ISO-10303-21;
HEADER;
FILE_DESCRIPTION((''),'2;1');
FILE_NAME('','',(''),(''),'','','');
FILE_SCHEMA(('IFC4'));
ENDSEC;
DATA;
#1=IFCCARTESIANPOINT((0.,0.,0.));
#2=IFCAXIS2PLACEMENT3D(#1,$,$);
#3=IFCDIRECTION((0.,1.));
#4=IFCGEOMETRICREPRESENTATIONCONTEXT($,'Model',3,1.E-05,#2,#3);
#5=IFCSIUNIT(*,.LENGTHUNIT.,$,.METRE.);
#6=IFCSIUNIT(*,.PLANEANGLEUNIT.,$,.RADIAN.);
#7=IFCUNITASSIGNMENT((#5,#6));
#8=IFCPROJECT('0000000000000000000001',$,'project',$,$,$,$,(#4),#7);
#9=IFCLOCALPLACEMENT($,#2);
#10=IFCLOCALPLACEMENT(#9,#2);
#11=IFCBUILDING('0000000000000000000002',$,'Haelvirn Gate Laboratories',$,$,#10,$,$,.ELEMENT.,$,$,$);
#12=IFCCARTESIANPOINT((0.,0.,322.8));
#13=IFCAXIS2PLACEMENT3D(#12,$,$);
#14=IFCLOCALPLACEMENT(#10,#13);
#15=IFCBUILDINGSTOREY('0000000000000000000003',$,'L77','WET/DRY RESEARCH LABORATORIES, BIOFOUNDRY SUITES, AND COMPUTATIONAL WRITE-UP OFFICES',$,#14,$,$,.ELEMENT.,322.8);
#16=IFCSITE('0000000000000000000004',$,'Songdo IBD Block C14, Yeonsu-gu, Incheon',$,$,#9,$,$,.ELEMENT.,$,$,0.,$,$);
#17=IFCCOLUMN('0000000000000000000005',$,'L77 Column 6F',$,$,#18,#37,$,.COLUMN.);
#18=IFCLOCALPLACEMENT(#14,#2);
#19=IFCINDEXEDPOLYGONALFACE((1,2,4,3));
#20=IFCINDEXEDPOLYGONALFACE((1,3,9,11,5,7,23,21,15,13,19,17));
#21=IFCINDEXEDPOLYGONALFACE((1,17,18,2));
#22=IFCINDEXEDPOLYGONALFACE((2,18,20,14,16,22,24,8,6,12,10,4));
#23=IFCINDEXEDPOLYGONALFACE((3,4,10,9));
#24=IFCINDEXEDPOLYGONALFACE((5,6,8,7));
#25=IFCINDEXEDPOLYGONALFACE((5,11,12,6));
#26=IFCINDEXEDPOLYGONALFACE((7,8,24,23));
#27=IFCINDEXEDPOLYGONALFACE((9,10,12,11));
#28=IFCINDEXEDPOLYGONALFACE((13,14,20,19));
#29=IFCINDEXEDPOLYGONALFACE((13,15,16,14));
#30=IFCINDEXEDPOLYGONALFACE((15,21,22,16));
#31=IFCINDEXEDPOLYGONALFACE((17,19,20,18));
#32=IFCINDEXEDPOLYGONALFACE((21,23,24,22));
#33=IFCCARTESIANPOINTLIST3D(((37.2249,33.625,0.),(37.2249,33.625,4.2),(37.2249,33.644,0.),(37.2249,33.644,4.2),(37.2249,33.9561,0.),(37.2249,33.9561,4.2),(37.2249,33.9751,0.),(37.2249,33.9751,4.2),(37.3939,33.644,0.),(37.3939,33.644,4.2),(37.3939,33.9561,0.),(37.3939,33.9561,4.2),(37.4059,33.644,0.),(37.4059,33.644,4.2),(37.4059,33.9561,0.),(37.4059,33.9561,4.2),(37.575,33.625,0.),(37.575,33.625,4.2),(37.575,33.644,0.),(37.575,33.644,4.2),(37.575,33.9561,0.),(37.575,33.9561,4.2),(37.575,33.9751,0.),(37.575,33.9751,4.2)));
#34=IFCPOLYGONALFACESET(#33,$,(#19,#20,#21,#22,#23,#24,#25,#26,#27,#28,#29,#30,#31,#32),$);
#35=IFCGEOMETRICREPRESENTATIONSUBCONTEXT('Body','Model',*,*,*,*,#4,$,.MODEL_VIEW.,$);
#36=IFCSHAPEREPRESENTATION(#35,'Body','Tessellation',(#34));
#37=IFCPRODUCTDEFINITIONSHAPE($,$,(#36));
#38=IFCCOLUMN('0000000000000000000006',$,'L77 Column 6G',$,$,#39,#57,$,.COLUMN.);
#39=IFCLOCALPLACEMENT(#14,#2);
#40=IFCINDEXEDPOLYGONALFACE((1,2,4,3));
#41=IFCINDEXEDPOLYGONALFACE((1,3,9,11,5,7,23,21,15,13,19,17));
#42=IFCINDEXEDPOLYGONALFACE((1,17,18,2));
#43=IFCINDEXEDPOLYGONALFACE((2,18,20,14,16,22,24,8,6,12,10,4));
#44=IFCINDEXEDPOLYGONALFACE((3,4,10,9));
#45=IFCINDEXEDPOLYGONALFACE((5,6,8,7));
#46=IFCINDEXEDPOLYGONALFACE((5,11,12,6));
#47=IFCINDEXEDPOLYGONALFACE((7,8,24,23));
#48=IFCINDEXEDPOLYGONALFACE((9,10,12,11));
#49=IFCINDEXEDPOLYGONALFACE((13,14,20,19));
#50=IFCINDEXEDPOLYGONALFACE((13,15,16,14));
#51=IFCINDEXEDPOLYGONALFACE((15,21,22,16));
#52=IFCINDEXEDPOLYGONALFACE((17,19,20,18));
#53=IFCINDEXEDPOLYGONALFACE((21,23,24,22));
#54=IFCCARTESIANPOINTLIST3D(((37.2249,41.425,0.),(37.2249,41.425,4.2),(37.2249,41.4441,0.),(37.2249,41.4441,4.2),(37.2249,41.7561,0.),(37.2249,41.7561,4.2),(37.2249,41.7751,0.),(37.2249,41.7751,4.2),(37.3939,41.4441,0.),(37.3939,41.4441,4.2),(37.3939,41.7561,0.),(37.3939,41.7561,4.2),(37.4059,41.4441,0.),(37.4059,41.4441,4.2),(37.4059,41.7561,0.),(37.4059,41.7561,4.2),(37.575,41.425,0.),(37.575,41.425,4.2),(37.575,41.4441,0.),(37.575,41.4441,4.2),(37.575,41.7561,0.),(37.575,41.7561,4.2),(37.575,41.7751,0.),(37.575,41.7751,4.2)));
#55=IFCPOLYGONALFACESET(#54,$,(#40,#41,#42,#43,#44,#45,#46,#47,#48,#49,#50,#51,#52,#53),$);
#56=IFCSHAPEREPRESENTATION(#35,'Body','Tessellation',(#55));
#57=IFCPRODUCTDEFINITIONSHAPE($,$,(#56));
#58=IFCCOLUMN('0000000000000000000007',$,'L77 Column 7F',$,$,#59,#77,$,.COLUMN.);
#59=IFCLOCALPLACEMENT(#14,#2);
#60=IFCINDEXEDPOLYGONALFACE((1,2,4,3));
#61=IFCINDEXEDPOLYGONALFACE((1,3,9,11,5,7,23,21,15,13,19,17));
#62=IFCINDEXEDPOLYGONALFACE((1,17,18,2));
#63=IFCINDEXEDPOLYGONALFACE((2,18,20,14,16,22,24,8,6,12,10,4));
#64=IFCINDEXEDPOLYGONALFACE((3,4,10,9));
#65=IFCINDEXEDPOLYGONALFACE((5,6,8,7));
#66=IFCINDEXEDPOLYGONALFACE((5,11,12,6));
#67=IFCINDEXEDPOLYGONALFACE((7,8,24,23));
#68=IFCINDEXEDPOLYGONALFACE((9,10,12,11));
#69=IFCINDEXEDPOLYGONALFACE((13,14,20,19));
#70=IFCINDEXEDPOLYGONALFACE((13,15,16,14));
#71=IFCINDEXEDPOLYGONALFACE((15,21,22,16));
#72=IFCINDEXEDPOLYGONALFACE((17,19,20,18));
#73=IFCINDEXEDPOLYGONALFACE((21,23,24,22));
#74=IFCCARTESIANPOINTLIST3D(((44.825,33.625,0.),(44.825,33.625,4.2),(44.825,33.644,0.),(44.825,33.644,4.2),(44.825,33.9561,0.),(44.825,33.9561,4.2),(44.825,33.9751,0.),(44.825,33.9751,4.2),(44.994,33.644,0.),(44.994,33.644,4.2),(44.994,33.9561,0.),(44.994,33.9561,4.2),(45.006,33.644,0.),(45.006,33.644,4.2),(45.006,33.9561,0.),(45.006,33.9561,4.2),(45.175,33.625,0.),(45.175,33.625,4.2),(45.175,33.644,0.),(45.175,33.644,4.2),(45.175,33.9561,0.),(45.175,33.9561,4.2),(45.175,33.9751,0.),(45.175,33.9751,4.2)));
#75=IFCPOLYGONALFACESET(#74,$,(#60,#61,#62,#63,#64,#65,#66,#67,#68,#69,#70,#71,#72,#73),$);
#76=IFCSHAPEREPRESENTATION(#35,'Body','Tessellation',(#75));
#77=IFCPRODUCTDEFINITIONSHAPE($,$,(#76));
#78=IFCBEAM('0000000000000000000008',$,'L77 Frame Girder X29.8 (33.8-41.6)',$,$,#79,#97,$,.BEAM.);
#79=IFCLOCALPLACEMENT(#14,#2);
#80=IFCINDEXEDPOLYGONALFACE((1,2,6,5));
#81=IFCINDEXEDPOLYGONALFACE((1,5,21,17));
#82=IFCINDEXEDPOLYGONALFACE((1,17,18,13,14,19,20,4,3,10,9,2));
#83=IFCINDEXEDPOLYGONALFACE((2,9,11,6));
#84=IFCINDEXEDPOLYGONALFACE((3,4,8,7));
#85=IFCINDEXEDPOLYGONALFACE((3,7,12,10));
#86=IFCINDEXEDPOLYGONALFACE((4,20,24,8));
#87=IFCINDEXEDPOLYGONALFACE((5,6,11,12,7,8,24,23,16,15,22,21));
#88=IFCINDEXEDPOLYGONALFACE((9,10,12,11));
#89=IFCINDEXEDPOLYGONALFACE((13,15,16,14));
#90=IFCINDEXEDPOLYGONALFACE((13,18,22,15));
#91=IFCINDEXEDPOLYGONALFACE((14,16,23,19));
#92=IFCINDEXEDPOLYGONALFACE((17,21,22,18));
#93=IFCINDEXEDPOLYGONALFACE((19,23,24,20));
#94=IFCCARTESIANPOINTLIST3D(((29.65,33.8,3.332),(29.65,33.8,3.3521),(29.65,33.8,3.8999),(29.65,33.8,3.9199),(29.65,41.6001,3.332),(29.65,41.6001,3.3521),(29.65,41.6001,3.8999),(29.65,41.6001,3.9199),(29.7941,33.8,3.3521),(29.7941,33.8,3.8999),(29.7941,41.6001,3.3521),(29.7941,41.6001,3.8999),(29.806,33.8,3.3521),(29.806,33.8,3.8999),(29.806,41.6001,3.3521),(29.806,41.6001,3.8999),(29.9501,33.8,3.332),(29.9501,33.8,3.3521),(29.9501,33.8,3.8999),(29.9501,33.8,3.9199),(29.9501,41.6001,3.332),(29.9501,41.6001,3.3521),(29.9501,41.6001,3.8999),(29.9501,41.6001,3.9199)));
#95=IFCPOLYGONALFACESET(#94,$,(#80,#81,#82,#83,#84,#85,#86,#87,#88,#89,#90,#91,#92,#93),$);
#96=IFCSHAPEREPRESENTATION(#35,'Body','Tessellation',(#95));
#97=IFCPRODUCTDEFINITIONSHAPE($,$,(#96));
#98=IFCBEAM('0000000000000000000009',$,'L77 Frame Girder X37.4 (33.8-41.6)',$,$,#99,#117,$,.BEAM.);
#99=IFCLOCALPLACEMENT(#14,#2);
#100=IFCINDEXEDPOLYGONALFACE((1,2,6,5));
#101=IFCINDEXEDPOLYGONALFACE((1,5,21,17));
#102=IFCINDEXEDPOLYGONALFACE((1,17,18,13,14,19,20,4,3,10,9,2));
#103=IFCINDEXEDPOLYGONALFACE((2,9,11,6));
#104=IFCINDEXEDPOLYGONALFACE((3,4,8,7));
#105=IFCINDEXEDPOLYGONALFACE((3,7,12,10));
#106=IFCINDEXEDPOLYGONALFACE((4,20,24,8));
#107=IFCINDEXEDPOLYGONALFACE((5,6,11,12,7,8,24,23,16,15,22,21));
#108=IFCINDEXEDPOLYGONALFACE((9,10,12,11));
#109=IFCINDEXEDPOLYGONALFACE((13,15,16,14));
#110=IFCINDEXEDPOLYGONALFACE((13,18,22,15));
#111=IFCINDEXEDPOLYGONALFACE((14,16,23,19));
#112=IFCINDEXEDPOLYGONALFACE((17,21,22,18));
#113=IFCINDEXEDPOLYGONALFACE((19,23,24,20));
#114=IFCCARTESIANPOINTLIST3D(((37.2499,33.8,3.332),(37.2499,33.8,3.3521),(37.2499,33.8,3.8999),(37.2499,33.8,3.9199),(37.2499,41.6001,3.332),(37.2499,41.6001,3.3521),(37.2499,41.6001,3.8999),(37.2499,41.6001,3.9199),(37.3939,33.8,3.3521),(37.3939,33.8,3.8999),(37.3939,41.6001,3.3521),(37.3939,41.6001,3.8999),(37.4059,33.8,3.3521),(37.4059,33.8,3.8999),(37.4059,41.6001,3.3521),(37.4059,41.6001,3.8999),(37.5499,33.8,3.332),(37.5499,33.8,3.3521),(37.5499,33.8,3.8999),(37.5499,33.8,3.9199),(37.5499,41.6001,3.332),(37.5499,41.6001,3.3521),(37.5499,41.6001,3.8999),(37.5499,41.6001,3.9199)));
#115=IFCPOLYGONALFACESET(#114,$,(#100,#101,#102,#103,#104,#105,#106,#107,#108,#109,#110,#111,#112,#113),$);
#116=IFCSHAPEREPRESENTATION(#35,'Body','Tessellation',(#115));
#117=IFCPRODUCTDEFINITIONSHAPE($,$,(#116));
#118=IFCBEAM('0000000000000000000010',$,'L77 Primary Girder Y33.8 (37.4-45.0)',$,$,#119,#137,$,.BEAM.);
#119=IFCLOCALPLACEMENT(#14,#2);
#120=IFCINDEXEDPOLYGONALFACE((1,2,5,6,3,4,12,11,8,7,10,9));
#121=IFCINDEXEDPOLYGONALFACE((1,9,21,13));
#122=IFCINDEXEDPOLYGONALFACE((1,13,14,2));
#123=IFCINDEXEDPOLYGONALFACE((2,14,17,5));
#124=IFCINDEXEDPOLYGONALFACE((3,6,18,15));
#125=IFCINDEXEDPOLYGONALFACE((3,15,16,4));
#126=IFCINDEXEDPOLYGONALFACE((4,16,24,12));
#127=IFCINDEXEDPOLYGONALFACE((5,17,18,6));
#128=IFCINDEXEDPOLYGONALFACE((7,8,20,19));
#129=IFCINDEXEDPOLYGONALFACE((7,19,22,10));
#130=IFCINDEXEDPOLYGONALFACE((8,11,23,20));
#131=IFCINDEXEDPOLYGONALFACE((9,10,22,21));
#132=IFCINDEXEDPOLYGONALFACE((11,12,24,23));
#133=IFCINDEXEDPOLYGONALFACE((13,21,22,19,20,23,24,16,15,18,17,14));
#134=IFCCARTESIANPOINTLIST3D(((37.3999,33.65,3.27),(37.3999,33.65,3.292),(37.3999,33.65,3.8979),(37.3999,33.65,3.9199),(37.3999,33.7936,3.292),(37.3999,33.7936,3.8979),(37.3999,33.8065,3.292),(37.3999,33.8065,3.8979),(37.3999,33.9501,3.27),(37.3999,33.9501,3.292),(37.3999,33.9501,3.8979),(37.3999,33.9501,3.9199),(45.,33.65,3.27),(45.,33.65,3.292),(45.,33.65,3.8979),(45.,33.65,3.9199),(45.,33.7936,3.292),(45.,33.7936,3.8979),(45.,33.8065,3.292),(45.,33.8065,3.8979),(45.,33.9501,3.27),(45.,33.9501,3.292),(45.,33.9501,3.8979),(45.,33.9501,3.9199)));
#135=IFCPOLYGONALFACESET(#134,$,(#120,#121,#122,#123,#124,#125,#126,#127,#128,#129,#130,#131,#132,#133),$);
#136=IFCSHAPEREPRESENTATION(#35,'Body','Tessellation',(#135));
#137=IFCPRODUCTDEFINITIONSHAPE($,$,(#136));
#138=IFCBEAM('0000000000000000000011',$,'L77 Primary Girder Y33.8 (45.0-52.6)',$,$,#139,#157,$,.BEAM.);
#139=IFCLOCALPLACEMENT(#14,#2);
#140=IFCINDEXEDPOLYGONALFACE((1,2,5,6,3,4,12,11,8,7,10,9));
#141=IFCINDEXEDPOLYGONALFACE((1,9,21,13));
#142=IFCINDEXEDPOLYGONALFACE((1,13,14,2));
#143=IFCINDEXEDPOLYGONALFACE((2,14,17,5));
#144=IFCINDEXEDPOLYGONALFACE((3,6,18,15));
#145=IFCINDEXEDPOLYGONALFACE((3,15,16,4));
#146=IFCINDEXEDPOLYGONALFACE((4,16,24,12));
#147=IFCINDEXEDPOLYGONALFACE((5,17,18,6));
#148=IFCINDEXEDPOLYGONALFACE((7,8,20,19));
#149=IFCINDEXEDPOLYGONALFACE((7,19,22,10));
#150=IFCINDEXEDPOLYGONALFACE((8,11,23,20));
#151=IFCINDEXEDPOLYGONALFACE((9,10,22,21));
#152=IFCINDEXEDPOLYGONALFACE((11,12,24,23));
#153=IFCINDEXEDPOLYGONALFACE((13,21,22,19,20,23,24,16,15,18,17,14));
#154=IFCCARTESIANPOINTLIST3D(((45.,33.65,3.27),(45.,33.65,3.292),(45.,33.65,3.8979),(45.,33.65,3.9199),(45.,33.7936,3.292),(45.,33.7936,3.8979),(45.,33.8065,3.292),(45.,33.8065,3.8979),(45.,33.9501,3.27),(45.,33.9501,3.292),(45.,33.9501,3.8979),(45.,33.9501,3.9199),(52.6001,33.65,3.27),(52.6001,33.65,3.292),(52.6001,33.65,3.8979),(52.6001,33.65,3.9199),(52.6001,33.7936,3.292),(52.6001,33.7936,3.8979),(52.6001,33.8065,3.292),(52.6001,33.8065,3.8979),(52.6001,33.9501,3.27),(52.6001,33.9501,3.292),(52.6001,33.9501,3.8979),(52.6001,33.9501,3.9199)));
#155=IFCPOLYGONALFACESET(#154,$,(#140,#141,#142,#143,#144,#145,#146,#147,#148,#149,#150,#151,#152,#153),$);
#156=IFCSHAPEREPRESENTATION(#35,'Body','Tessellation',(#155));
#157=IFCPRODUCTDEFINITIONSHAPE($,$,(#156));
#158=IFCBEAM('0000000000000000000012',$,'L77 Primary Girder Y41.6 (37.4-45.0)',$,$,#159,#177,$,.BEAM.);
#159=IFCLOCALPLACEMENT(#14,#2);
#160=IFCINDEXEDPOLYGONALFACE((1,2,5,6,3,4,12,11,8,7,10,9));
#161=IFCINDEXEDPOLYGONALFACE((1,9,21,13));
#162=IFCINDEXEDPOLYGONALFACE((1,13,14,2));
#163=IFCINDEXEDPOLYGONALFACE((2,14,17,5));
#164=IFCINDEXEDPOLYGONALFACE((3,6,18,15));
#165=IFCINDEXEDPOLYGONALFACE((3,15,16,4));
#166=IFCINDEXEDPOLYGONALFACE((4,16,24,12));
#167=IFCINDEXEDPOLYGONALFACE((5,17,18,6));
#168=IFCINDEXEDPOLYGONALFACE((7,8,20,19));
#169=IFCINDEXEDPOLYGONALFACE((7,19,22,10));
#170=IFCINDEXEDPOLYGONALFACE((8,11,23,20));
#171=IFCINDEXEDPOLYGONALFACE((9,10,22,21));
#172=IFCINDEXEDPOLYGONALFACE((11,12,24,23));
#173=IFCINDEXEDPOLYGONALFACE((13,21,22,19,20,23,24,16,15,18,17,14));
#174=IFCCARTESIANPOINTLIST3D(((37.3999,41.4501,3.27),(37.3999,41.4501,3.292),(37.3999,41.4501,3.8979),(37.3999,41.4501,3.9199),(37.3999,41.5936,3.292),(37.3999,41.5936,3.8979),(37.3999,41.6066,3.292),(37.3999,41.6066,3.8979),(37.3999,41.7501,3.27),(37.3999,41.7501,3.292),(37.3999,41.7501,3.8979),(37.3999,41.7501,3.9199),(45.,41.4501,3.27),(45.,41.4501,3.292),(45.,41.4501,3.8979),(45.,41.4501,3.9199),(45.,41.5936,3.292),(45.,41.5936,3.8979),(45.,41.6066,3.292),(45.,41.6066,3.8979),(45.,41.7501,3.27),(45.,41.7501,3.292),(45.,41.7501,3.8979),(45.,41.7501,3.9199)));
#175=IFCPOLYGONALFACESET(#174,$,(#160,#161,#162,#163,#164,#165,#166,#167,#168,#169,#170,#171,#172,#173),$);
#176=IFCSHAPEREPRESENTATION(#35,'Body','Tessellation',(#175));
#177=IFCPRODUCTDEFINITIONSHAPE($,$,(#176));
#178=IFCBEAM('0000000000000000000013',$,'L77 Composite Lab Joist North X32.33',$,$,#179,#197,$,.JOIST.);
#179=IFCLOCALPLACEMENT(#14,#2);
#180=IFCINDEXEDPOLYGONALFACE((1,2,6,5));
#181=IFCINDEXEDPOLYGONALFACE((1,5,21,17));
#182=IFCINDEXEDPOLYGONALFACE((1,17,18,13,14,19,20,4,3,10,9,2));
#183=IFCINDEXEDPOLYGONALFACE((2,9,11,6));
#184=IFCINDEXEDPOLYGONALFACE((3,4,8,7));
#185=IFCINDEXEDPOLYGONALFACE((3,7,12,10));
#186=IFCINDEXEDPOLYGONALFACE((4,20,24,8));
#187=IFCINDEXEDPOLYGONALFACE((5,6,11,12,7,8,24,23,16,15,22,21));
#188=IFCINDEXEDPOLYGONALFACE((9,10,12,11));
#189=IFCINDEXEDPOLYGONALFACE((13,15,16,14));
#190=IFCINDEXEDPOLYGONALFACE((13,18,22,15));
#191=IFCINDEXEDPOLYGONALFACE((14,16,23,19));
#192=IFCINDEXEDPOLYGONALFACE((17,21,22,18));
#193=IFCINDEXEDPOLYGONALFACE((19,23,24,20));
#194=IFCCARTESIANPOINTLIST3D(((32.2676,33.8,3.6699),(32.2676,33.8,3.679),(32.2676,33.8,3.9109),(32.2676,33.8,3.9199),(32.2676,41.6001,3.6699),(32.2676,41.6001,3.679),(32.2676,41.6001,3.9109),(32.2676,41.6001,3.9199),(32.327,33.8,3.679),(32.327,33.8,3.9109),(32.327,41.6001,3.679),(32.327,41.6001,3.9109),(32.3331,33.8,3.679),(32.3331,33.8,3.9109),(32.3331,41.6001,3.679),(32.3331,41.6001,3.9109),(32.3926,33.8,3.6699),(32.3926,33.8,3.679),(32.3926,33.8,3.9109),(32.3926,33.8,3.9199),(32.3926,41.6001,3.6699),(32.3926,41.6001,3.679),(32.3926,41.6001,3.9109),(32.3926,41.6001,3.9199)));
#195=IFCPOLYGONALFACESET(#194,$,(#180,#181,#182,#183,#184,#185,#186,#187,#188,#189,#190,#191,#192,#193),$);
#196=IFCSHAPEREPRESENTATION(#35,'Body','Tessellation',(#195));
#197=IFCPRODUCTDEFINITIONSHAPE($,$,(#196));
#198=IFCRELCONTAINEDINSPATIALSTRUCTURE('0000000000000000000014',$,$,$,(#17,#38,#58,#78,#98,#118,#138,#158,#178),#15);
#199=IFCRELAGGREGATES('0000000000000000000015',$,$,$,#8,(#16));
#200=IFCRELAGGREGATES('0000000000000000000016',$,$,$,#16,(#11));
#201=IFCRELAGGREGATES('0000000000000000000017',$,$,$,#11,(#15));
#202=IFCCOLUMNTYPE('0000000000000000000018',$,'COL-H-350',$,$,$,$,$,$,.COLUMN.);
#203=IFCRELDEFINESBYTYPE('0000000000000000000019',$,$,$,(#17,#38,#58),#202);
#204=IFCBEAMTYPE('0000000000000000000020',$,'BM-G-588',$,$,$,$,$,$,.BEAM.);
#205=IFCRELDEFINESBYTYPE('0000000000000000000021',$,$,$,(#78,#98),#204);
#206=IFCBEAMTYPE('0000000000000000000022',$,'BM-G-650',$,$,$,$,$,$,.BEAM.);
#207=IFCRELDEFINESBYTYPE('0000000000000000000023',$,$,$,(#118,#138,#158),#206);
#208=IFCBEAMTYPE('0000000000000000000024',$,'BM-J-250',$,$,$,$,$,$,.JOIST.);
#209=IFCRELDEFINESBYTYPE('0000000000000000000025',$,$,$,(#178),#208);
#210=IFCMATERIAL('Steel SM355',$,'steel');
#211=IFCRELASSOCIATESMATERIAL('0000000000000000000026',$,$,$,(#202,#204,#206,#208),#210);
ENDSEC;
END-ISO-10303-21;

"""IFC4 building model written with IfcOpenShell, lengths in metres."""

from ifc_helpers import new_model, si_unit, direction, frame, origin, origin_2d, place, context, subcontext, project, spatial, i_section, extrude, source, transform, mapped, material, material_profile, profile_set, type_object, type_shapes, element, save


model = new_model("IFC4")

# Units and contexts
model_context = context("Model", 3, precision=1e-05, world=origin(), true_north=direction((0.0, 1.0)))
body_context = subcontext(model_context, "Body", "Model", "MODEL_VIEW")
ifc_project = project(units=[si_unit("LENGTHUNIT", "METRE"), si_unit("PLANEANGLEUNIT", "RADIAN")], contexts=[model_context])

# Site, building, storey
site_placement = place(None, origin())
site = spatial("IfcSite", under=ifc_project, at=site_placement, Name="Songdo IBD Block C14, Yeonsu-gu, Incheon", CompositionType="ELEMENT", RefElevation=0.0)
building_placement = place(site_placement, origin())
building = spatial("IfcBuilding", under=site, at=building_placement, Name="Haelvirn Gate Laboratories", CompositionType="ELEMENT")
storey_placement = place(building_placement, frame((0.0, 0.0, 322.8)))
storey = spatial("IfcBuildingStorey", under=building, at=storey_placement, Name="L77", Description="WET/DRY RESEARCH LABORATORIES, BIOFOUNDRY SUITES, AND COMPUTATIONAL WRITE-UP OFFICES", CompositionType="ELEMENT", Elevation=322.8)

# Columns
ifc_material_1 = material(Name="Steel SM355", Category="steel")
ifc_material_profile_1 = material_profile(ifc_material_1, i_section(OverallWidth=0.3501, OverallDepth=0.3501, WebThickness=0.012, FlangeThickness=0.019, at=origin_2d()), Name="H-350x350x12x19")
ifc_profile_set_1 = profile_set([ifc_material_profile_1], Name="Steel SM355")
column_type = type_object("IfcColumnType", Name="COL-H-350", PredefinedType="COLUMN", material=ifc_profile_set_1)
shared_shape_1 = source(origin(), body_context, "Body", "SweptSolid", [
    extrude(i_section(OverallWidth=0.3501, OverallDepth=0.3501, WebThickness=0.012, FlangeThickness=0.019, at=origin_2d()), origin(), (0.0, 0.0, 1.0), 4.2),
])
type_shapes(column_type, [shared_shape_1])
for number, where, z_axis, x_axis, name in (
    (1, (37.3999, 33.8, 0.0), (0.0, 0.0, 1.0), (1.0, 0.0, 0.0), "L77 Column 6F"),
    (2, (37.3999, 41.6001, 0.0), (0.0, 0.0, 1.0), (1.0, 0.0, 0.0), "L77 Column 6G"),
    (3, (45.0, 33.8, 0.0), (0.0, 0.0, 1.0), (1.0, 0.0, 0.0), "L77 Column 7F"),
):
    element("IfcColumn", number, at=place(storey_placement, frame(where, z_axis=z_axis, x_axis=x_axis)), inside=storey, type_object=column_type, Name=name, PredefinedType="COLUMN", context=body_context, shape_type="MappedRepresentation", body=[
        mapped(shared_shape_1, transform((0.0, 0.0, 0.0), scale=1.0)),
    ])

# Beams
ifc_material_profile_2 = material_profile(ifc_material_1, i_section(OverallWidth=0.3, OverallDepth=0.5879, WebThickness=0.012, FlangeThickness=0.02, at=origin_2d()), Name="H-588x300x12x20")
ifc_profile_set_2 = profile_set([ifc_material_profile_2], Name="Steel SM355")
beam_type_1 = type_object("IfcBeamType", Name="BM-G-588", PredefinedType="BEAM", material=ifc_profile_set_2)
shared_shape_2 = source(origin(), body_context, "Body", "SweptSolid", [
    extrude(i_section(OverallWidth=0.3, OverallDepth=0.5879, WebThickness=0.012, FlangeThickness=0.02, at=origin_2d()), origin(), (0.0, 0.0, 1.0), 7.8),
])
type_shapes(beam_type_1, [shared_shape_2])
for number, where, z_axis, x_axis, name in (
    (4, (29.8, 33.8, 3.626), (0.0, 1.0, 0.0), (-1.0, 0.0, 0.0), "L77 Frame Girder X29.8 (33.8-41.6)"),
    (5, (37.3999, 33.8, 3.626), (0.0, 1.0, 0.0), (-1.0, 0.0, 0.0), "L77 Frame Girder X37.4 (33.8-41.6)"),
):
    element("IfcBeam", number, at=place(storey_placement, frame(where, z_axis=z_axis, x_axis=x_axis)), inside=storey, type_object=beam_type_1, Name=name, PredefinedType="BEAM", context=body_context, shape_type="MappedRepresentation", body=[
        mapped(shared_shape_2, transform((0.0, 0.0, 0.0), scale=1.0)),
    ])
ifc_material_profile_3 = material_profile(ifc_material_1, i_section(OverallWidth=0.3, OverallDepth=0.6499, WebThickness=0.0129, FlangeThickness=0.022, at=origin_2d()), Name="H-650x300x13x22")
ifc_profile_set_3 = profile_set([ifc_material_profile_3], Name="Steel SM355")
beam_type_2 = type_object("IfcBeamType", Name="BM-G-650", PredefinedType="BEAM", material=ifc_profile_set_3)
shared_shape_3 = source(origin(), body_context, "Body", "SweptSolid", [
    extrude(i_section(OverallWidth=0.3, OverallDepth=0.6499, WebThickness=0.0129, FlangeThickness=0.022, at=origin_2d()), origin(), (0.0, 0.0, 1.0), 7.6001),
])
type_shapes(beam_type_2, [shared_shape_3])
for number, where, z_axis, x_axis, name in (
    (6, (37.3999, 33.8, 3.595), (1.0, 0.0, 0.0), (0.0, 1.0, 0.0), "L77 Primary Girder Y33.8 (37.4-45.0)"),
    (7, (45.0, 33.8, 3.595), (1.0, 0.0, 0.0), (0.0, 1.0, 0.0), "L77 Primary Girder Y33.8 (45.0-52.6)"),
    (8, (37.3999, 41.6001, 3.595), (1.0, 0.0, 0.0), (0.0, 1.0, 0.0), "L77 Primary Girder Y41.6 (37.4-45.0)"),
):
    element("IfcBeam", number, at=place(storey_placement, frame(where, z_axis=z_axis, x_axis=x_axis)), inside=storey, type_object=beam_type_2, Name=name, PredefinedType="BEAM", context=body_context, shape_type="MappedRepresentation", body=[
        mapped(shared_shape_3, transform((0.0, 0.0, 0.0), scale=1.0)),
    ])
ifc_material_profile_4 = material_profile(ifc_material_1, i_section(OverallWidth=0.125, OverallDepth=0.25, WebThickness=0.0061, FlangeThickness=0.009, at=origin_2d()), Name="H-250x125x6x9")
ifc_profile_set_4 = profile_set([ifc_material_profile_4], Name="Steel SM355")
beam_type_3 = type_object("IfcBeamType", Name="BM-J-250", PredefinedType="JOIST", material=ifc_profile_set_4)
shared_shape_4 = source(origin(), body_context, "Body", "SweptSolid", [
    extrude(i_section(OverallWidth=0.125, OverallDepth=0.25, WebThickness=0.0061, FlangeThickness=0.009, at=origin_2d()), origin(), (0.0, 0.0, 1.0), 7.8),
])
type_shapes(beam_type_3, [shared_shape_4])
for number, where, z_axis, x_axis, name in (
    (9, (32.3301, 33.8, 3.7949), (0.0, 1.0, 0.0), (-1.0, 0.0, 0.0), "L77 Composite Lab Joist North X32.33"),
):
    element("IfcBeam", number, at=place(storey_placement, frame(where, z_axis=z_axis, x_axis=x_axis)), inside=storey, type_object=beam_type_3, Name=name, PredefinedType="JOIST", context=body_context, shape_type="MappedRepresentation", body=[
        mapped(shared_shape_4, transform((0.0, 0.0, 0.0), scale=1.0)),
    ])

save(model, "model.ifc")
